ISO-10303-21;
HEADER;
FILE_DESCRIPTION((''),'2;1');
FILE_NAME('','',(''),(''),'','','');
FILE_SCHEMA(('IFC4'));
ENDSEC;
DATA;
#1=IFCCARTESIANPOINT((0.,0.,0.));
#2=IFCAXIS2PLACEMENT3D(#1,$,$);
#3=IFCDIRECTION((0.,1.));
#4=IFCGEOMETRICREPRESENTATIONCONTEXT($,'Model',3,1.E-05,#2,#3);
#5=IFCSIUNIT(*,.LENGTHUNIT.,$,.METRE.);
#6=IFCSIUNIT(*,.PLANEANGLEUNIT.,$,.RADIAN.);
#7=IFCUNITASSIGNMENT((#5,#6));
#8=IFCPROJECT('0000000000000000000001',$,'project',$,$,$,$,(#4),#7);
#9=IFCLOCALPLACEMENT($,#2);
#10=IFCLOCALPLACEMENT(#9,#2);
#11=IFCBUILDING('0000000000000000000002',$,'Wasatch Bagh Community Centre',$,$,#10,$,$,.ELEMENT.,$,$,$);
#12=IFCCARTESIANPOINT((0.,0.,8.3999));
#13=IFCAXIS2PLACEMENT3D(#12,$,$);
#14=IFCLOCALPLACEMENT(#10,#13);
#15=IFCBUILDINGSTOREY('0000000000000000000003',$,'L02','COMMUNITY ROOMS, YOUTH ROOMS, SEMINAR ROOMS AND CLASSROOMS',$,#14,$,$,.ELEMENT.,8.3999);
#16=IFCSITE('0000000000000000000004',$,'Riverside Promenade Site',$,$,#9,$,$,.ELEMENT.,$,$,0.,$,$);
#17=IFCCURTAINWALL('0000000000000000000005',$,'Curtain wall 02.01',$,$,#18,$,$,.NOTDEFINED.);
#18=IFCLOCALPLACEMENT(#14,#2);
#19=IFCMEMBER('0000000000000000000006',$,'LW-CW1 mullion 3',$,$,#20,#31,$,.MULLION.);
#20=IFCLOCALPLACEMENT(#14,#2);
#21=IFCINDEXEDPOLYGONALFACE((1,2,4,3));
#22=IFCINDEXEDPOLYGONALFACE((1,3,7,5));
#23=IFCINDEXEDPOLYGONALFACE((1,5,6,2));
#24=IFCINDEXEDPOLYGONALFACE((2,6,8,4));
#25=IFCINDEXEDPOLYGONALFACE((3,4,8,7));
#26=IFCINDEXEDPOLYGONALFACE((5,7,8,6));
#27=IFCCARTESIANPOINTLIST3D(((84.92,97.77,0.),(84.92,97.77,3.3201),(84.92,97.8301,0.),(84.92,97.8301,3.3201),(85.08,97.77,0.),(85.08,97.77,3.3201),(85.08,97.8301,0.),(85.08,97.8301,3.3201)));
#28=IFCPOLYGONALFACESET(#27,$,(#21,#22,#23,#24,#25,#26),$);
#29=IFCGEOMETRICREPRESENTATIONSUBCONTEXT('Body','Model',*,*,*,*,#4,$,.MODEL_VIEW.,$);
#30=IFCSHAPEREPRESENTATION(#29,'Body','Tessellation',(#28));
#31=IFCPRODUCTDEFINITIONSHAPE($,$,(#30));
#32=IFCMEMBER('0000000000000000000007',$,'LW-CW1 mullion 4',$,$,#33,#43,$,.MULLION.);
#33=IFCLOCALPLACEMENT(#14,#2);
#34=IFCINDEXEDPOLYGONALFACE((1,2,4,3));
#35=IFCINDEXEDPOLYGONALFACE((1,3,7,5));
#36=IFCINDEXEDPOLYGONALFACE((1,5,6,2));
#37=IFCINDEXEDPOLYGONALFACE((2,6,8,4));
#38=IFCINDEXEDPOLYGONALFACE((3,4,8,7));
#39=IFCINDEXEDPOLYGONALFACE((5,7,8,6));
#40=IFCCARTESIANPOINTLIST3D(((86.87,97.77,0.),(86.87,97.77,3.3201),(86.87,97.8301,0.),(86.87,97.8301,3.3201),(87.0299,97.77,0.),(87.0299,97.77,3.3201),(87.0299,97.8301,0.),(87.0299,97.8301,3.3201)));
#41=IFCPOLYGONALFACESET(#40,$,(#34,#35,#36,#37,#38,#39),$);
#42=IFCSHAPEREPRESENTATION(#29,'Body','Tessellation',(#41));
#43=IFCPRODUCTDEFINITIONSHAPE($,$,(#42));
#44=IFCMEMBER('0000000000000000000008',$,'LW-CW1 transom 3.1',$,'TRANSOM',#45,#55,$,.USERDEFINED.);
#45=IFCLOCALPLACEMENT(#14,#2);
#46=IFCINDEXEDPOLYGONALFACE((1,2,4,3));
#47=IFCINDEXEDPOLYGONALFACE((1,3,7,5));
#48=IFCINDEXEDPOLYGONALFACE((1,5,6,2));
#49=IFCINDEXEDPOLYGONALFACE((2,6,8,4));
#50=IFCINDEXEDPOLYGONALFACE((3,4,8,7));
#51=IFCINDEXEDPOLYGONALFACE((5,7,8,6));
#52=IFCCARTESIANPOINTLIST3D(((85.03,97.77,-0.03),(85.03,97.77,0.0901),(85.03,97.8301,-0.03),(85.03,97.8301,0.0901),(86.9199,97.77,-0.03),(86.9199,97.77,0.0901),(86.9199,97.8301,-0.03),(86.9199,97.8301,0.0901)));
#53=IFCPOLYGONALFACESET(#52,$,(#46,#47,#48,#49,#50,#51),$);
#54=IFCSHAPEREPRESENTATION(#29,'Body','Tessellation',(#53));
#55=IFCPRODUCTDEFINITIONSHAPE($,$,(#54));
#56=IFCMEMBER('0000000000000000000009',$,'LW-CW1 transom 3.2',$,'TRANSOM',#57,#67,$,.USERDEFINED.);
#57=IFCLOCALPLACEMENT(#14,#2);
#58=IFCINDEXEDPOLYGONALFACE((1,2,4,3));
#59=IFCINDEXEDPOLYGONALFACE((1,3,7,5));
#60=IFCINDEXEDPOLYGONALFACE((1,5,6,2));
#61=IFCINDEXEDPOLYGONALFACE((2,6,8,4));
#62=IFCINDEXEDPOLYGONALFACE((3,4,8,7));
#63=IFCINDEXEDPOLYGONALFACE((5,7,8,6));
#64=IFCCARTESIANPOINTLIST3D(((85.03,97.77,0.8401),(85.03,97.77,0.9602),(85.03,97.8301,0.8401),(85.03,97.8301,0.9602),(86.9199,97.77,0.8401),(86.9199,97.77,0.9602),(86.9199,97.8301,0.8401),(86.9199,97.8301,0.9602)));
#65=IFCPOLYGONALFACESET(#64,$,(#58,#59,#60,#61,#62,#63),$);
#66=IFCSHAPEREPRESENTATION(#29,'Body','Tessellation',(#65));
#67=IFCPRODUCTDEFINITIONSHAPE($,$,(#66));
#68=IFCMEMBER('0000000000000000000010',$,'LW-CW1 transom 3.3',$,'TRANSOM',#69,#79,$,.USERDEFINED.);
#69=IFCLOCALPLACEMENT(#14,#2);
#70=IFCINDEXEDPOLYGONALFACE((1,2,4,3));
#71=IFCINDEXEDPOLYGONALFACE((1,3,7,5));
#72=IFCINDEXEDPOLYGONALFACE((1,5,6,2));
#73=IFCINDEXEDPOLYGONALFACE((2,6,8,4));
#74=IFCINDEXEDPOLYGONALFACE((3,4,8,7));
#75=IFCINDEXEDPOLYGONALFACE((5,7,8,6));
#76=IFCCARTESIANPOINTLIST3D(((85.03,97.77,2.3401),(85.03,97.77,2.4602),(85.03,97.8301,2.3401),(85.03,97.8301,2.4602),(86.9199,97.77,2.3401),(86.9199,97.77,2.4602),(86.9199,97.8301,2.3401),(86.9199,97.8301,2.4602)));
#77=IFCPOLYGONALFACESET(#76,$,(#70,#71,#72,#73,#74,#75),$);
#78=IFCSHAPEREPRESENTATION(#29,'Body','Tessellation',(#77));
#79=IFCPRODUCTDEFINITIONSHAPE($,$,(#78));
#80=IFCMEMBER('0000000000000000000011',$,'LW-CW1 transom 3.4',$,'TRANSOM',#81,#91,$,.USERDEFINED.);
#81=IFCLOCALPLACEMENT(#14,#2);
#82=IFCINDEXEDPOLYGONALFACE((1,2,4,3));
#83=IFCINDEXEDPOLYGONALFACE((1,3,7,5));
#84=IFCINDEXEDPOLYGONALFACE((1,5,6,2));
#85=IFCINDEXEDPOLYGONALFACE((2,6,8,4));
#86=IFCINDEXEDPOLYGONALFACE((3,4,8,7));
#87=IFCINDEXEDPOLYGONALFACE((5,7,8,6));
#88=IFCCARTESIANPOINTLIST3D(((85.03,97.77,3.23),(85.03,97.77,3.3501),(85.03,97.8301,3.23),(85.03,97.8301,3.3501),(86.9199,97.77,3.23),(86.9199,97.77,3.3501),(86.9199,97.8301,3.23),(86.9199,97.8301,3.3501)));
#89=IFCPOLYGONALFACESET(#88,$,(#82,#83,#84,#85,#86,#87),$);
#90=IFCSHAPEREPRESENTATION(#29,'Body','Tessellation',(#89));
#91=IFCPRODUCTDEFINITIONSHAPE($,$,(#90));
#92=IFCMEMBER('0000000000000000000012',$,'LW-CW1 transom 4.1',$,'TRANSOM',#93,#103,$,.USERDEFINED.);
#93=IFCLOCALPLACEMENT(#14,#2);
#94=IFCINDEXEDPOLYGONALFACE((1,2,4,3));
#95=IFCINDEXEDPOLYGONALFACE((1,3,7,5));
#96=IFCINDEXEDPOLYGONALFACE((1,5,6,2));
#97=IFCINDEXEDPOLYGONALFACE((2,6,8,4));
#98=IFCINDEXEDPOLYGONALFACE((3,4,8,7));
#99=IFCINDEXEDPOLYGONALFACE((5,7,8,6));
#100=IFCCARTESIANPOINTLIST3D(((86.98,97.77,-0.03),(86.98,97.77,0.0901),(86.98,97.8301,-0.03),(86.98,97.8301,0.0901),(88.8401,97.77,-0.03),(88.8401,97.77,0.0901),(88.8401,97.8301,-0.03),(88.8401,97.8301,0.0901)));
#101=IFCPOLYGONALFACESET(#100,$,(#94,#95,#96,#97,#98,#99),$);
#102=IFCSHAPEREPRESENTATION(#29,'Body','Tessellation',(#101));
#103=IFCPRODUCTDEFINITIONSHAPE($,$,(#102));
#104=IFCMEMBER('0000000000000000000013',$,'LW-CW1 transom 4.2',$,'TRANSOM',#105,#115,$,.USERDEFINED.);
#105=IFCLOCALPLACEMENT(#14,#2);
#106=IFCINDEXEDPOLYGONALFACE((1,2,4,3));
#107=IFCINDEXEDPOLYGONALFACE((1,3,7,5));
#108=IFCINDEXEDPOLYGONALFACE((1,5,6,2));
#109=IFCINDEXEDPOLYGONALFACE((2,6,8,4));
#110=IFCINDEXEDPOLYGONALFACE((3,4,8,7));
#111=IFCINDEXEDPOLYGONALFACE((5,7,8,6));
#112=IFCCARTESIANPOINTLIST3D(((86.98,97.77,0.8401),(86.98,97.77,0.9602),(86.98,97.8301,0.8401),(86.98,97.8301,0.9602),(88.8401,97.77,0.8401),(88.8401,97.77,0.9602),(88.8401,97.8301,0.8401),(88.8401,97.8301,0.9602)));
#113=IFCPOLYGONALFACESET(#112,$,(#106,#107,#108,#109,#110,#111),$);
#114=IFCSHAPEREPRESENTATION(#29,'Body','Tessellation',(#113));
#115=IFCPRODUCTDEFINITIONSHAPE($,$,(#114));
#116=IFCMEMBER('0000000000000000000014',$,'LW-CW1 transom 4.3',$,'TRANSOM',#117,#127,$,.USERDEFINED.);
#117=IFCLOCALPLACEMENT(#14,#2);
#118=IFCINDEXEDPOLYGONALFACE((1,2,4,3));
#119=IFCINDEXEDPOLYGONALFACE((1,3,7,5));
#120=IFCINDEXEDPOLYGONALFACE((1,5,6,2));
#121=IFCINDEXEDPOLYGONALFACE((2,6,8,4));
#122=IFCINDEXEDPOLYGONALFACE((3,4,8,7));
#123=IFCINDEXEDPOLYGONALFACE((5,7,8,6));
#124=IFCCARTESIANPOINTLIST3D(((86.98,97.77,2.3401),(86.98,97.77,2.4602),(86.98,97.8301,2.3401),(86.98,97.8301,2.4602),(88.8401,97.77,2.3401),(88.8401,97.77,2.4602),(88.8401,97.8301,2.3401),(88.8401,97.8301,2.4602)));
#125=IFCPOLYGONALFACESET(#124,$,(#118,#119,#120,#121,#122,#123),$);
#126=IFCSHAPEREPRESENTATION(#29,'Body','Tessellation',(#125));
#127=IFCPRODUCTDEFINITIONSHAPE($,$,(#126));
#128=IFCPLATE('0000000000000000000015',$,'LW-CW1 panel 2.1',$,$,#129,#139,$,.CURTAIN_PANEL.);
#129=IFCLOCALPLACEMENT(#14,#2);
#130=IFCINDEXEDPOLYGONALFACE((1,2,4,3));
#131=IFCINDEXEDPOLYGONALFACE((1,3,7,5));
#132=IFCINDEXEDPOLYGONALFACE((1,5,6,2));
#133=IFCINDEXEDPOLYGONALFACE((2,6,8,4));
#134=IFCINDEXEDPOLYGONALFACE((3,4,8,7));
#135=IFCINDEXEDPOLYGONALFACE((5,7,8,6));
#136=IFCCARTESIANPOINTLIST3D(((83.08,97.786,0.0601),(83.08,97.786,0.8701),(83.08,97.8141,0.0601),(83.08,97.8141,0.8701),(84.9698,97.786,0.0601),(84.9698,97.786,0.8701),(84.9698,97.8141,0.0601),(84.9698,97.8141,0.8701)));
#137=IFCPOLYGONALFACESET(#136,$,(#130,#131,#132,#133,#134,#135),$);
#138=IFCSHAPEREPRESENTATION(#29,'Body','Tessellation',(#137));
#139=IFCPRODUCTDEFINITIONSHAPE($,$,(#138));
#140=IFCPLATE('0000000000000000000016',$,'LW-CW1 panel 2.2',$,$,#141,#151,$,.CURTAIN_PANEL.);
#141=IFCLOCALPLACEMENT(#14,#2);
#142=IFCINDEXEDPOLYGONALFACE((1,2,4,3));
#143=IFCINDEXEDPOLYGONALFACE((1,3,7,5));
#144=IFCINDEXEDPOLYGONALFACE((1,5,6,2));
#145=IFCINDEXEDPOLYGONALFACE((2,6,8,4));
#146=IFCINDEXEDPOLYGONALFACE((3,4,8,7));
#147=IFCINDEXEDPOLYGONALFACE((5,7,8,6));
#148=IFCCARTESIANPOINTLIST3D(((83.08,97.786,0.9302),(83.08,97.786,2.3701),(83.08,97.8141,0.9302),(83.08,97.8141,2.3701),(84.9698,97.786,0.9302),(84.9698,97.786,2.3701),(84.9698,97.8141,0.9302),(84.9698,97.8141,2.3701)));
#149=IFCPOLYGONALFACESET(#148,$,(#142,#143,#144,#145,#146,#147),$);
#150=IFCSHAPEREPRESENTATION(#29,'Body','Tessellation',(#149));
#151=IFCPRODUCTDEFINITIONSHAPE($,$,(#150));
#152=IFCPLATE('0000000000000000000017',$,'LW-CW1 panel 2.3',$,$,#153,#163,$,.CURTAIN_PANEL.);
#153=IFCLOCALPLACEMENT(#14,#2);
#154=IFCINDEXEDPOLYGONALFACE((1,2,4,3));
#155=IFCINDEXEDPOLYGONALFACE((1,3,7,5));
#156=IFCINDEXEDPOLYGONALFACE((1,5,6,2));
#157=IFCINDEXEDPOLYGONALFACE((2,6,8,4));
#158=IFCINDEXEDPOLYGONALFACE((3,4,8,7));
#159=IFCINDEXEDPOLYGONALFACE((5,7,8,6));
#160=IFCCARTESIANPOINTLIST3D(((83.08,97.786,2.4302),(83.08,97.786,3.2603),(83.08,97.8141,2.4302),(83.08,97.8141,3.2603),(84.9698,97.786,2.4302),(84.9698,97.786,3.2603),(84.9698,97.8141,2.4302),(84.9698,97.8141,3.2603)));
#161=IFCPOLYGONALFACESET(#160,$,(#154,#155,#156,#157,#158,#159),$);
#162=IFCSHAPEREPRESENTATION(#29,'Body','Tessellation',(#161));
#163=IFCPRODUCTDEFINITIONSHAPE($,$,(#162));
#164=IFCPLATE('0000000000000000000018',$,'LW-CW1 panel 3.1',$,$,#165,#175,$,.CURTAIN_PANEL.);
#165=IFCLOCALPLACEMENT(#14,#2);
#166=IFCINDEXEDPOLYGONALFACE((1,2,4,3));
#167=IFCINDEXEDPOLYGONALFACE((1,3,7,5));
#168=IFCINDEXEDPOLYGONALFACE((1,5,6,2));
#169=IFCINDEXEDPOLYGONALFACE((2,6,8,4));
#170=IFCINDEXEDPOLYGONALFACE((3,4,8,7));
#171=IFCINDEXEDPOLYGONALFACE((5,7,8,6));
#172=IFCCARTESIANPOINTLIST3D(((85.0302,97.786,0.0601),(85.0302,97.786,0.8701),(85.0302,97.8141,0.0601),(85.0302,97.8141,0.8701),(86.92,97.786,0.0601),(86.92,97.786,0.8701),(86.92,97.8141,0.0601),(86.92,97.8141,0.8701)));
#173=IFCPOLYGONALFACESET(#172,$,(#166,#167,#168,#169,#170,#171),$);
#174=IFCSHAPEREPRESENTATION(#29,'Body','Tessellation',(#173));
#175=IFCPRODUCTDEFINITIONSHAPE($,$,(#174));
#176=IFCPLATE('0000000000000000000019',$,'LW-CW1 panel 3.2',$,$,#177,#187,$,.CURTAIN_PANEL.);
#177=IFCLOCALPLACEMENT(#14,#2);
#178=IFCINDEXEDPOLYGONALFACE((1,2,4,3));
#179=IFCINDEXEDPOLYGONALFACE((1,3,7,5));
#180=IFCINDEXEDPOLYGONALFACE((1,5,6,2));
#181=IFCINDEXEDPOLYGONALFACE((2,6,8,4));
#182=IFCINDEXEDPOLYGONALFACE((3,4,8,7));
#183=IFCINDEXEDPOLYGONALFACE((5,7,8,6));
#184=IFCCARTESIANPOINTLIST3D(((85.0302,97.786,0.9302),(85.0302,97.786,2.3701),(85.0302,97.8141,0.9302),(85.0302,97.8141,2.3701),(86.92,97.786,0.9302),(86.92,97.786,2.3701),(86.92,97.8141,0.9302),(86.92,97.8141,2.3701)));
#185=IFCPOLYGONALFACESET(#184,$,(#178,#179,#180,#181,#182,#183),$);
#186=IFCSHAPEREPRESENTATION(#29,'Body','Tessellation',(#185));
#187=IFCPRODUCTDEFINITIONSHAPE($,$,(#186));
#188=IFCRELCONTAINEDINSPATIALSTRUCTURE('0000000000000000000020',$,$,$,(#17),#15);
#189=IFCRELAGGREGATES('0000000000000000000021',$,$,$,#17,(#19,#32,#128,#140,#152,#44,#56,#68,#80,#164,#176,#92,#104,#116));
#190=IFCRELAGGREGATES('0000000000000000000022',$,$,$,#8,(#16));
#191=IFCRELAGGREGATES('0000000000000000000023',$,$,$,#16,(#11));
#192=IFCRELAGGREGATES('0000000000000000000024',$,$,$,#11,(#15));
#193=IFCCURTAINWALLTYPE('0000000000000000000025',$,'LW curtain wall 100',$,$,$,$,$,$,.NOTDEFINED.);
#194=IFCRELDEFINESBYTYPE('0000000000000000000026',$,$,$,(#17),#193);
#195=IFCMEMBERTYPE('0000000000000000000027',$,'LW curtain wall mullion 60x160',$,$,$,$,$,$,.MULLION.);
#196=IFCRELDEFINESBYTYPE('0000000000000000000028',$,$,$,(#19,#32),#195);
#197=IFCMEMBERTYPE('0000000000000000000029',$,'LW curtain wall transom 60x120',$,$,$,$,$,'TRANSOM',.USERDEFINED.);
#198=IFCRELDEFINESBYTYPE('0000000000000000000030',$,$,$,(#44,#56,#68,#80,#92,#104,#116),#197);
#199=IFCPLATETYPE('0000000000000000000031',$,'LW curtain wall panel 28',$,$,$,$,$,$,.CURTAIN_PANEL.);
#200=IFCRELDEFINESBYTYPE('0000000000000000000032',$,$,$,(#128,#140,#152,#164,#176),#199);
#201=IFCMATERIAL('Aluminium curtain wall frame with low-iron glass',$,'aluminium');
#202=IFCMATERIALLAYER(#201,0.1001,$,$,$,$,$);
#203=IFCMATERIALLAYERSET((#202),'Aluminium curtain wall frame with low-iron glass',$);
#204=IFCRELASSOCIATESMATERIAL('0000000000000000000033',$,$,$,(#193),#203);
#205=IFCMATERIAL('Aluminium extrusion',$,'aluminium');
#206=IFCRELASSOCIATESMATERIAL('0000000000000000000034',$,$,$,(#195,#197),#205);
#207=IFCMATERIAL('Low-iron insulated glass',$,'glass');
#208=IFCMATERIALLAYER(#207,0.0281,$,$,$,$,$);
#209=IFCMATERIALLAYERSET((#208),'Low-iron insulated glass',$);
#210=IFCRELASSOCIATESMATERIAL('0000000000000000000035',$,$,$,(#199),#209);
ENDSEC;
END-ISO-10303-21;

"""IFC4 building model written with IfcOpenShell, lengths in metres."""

from ifc_helpers import new_model, si_unit, direction, frame, origin, origin_2d, place, context, subcontext, project, spatial, rectangle, extrude, material, layer, layer_set, material_profile, profile_set, type_object, element, aggregate, save


model = new_model("IFC4")

# Units and contexts
model_context = context("Model", 3, precision=1e-05, world=origin(), true_north=direction((0.0, 1.0)))
body_context = subcontext(model_context, "Body", "Model", "MODEL_VIEW")
ifc_project = project(units=[si_unit("LENGTHUNIT", "METRE"), si_unit("PLANEANGLEUNIT", "RADIAN")], contexts=[model_context])

# Site, building, storey
site_placement = place(None, origin())
site = spatial("IfcSite", under=ifc_project, at=site_placement, Name="Riverside Promenade Site", CompositionType="ELEMENT", RefElevation=0.0)
building_placement = place(site_placement, origin())
building = spatial("IfcBuilding", under=site, at=building_placement, Name="Wasatch Bagh Community Centre", CompositionType="ELEMENT")
storey_placement = place(building_placement, frame((0.0, 0.0, 8.3999)))
storey = spatial("IfcBuildingStorey", under=building, at=storey_placement, Name="L02", Description="COMMUNITY ROOMS, YOUTH ROOMS, SEMINAR ROOMS AND CLASSROOMS", CompositionType="ELEMENT", Elevation=8.3999)

# Curtain wall, members, plates
ifc_material_1 = material(Name="Aluminium curtain wall frame with low-iron glass", Category="aluminium")
ifc_layer_1 = layer(ifc_material_1, 0.1001)
ifc_layer_set_1 = layer_set([ifc_layer_1], Name="Aluminium curtain wall frame with low-iron glass")
curtain_wall_type = type_object("IfcCurtainWallType", Name="LW curtain wall 100", PredefinedType="NOTDEFINED", material=ifc_layer_set_1)
curtain_wall_placement = place(storey_placement, origin())
curtain_wall = element("IfcCurtainWall", 1, at=curtain_wall_placement, inside=storey, type_object=curtain_wall_type, Name="Curtain wall 02.01", PredefinedType="NOTDEFINED")
ifc_material_2 = material(Name="Aluminium extrusion", Category="aluminium")
ifc_material_profile_1 = material_profile(ifc_material_2, rectangle(XDim=0.0601, YDim=0.1599, at=origin_2d()), Name="AL 60x160")
ifc_profile_set_1 = profile_set([ifc_material_profile_1], Name="Aluminium extrusion")
member_type_1 = type_object("IfcMemberType", Name="LW curtain wall mullion 60x160", PredefinedType="MULLION", material=ifc_profile_set_1)
member_1_placement = place(storey_placement, frame((85.0, 97.8, 0.0), z_axis=(0.0, 0.0, 1.0), x_axis=(0.0, 1.0, 0.0)))
member_1 = element("IfcMember", 2, at=member_1_placement, type_object=member_type_1, Name="LW-CW1 mullion 3", PredefinedType="MULLION", context=body_context, shape_type="SweptSolid", body=[
    extrude(rectangle(XDim=0.0601, YDim=0.1599, at=origin_2d()), origin(), (0.0, 0.0, 1.0), 3.3201),
])
member_2_placement = place(storey_placement, frame((86.95, 97.8, 0.0), z_axis=(0.0, 0.0, 1.0), x_axis=(0.0, 1.0, 0.0)))
member_2 = element("IfcMember", 3, at=member_2_placement, type_object=member_type_1, Name="LW-CW1 mullion 4", PredefinedType="MULLION", context=body_context, shape_type="SweptSolid", body=[
    extrude(rectangle(XDim=0.0601, YDim=0.1599, at=origin_2d()), origin(), (0.0, 0.0, 1.0), 3.3201),
])
ifc_material_profile_2 = material_profile(ifc_material_2, rectangle(XDim=0.0601, YDim=0.1201, at=origin_2d()), Name="AL 60x120")
ifc_profile_set_2 = profile_set([ifc_material_profile_2], Name="Aluminium extrusion")
member_type_2 = type_object("IfcMemberType", Name="LW curtain wall transom 60x120", ElementType="TRANSOM", PredefinedType="USERDEFINED", material=ifc_profile_set_2)
member_3_placement = place(storey_placement, frame((85.03, 97.8, 0.03), z_axis=(1.0, 0.0, 0.0), x_axis=(0.0, 1.0, 0.0)))
member_3 = element("IfcMember", 4, at=member_3_placement, type_object=member_type_2, Name="LW-CW1 transom 3.1", ObjectType="TRANSOM", PredefinedType="USERDEFINED", context=body_context, shape_type="SweptSolid", body=[
    extrude(rectangle(XDim=0.0601, YDim=0.1201, at=origin_2d()), origin(), (0.0, 0.0, 1.0), 1.8899),
])
member_4_placement = place(storey_placement, frame((85.03, 97.8, 0.9001), z_axis=(1.0, 0.0, 0.0), x_axis=(0.0, 1.0, 0.0)))
member_4 = element("IfcMember", 5, at=member_4_placement, type_object=member_type_2, Name="LW-CW1 transom 3.2", ObjectType="TRANSOM", PredefinedType="USERDEFINED", context=body_context, shape_type="SweptSolid", body=[
    extrude(rectangle(XDim=0.0601, YDim=0.1201, at=origin_2d()), origin(), (0.0, 0.0, 1.0), 1.8899),
])
member_5_placement = place(storey_placement, frame((85.03, 97.8, 2.4001), z_axis=(1.0, 0.0, 0.0), x_axis=(0.0, 1.0, 0.0)))
member_5 = element("IfcMember", 6, at=member_5_placement, type_object=member_type_2, Name="LW-CW1 transom 3.3", ObjectType="TRANSOM", PredefinedType="USERDEFINED", context=body_context, shape_type="SweptSolid", body=[
    extrude(rectangle(XDim=0.0601, YDim=0.1201, at=origin_2d()), origin(), (0.0, 0.0, 1.0), 1.8899),
])
member_6_placement = place(storey_placement, frame((85.03, 97.8, 3.29), z_axis=(1.0, 0.0, 0.0), x_axis=(0.0, 1.0, 0.0)))
member_6 = element("IfcMember", 7, at=member_6_placement, type_object=member_type_2, Name="LW-CW1 transom 3.4", ObjectType="TRANSOM", PredefinedType="USERDEFINED", context=body_context, shape_type="SweptSolid", body=[
    extrude(rectangle(XDim=0.0601, YDim=0.1201, at=origin_2d()), origin(), (0.0, 0.0, 1.0), 1.8899),
])
member_7_placement = place(storey_placement, frame((86.98, 97.8, 0.03), z_axis=(1.0, 0.0, 0.0), x_axis=(0.0, 1.0, 0.0)))
member_7 = element("IfcMember", 8, at=member_7_placement, type_object=member_type_2, Name="LW-CW1 transom 4.1", ObjectType="TRANSOM", PredefinedType="USERDEFINED", context=body_context, shape_type="SweptSolid", body=[
    extrude(rectangle(XDim=0.0601, YDim=0.1201, at=origin_2d()), origin(), (0.0, 0.0, 1.0), 1.8601),
])
member_8_placement = place(storey_placement, frame((86.98, 97.8, 0.9001), z_axis=(1.0, 0.0, 0.0), x_axis=(0.0, 1.0, 0.0)))
member_8 = element("IfcMember", 9, at=member_8_placement, type_object=member_type_2, Name="LW-CW1 transom 4.2", ObjectType="TRANSOM", PredefinedType="USERDEFINED", context=body_context, shape_type="SweptSolid", body=[
    extrude(rectangle(XDim=0.0601, YDim=0.1201, at=origin_2d()), origin(), (0.0, 0.0, 1.0), 1.8601),
])
member_9_placement = place(storey_placement, frame((86.98, 97.8, 2.4001), z_axis=(1.0, 0.0, 0.0), x_axis=(0.0, 1.0, 0.0)))
member_9 = element("IfcMember", 10, at=member_9_placement, type_object=member_type_2, Name="LW-CW1 transom 4.3", ObjectType="TRANSOM", PredefinedType="USERDEFINED", context=body_context, shape_type="SweptSolid", body=[
    extrude(rectangle(XDim=0.0601, YDim=0.1201, at=origin_2d()), origin(), (0.0, 0.0, 1.0), 1.8601),
])
ifc_material_3 = material(Name="Low-iron insulated glass", Category="glass")
ifc_layer_2 = layer(ifc_material_3, 0.0281)
ifc_layer_set_2 = layer_set([ifc_layer_2], Name="Low-iron insulated glass")
plate_type_1 = type_object("IfcPlateType", Name="LW curtain wall panel 28", PredefinedType="CURTAIN_PANEL", material=ifc_layer_set_2)
plate_1_placement = place(storey_placement, frame((84.0249, 97.8, 0.0601), z_axis=(0.0, 0.0, 1.0), x_axis=(1.0, 0.0, 0.0)))
plate_1 = element("IfcPlate", 11, at=plate_1_placement, type_object=plate_type_1, Name="LW-CW1 panel 2.1", PredefinedType="CURTAIN_PANEL", context=body_context, shape_type="SweptSolid", body=[
    extrude(rectangle(XDim=1.8899, YDim=0.0281, at=origin_2d()), origin(), (0.0, 0.0, 1.0), 0.8101),
])
plate_2_placement = place(storey_placement, frame((84.0249, 97.8, 0.9302), z_axis=(0.0, 0.0, 1.0), x_axis=(1.0, 0.0, 0.0)))
plate_2 = element("IfcPlate", 12, at=plate_2_placement, type_object=plate_type_1, Name="LW-CW1 panel 2.2", PredefinedType="CURTAIN_PANEL", context=body_context, shape_type="SweptSolid", body=[
    extrude(rectangle(XDim=1.8899, YDim=0.0281, at=origin_2d()), origin(), (0.0, 0.0, 1.0), 1.4399),
])
plate_3_placement = place(storey_placement, frame((84.0249, 97.8, 2.4302), z_axis=(0.0, 0.0, 1.0), x_axis=(1.0, 0.0, 0.0)))
plate_3 = element("IfcPlate", 13, at=plate_3_placement, type_object=plate_type_1, Name="LW-CW1 panel 2.3", PredefinedType="CURTAIN_PANEL", context=body_context, shape_type="SweptSolid", body=[
    extrude(rectangle(XDim=1.8899, YDim=0.0281, at=origin_2d()), origin(), (0.0, 0.0, 1.0), 0.8301),
])
plate_4_placement = place(storey_placement, frame((85.9751, 97.8, 0.0601), z_axis=(0.0, 0.0, 1.0), x_axis=(1.0, 0.0, 0.0)))
plate_4 = element("IfcPlate", 14, at=plate_4_placement, type_object=plate_type_1, Name="LW-CW1 panel 3.1", PredefinedType="CURTAIN_PANEL", context=body_context, shape_type="SweptSolid", body=[
    extrude(rectangle(XDim=1.8899, YDim=0.0281, at=origin_2d()), origin(), (0.0, 0.0, 1.0), 0.8101),
])
plate_5_placement = place(storey_placement, frame((85.9751, 97.8, 0.9302), z_axis=(0.0, 0.0, 1.0), x_axis=(1.0, 0.0, 0.0)))
plate_5 = element("IfcPlate", 15, at=plate_5_placement, type_object=plate_type_1, Name="LW-CW1 panel 3.2", PredefinedType="CURTAIN_PANEL", context=body_context, shape_type="SweptSolid", body=[
    extrude(rectangle(XDim=1.8899, YDim=0.0281, at=origin_2d()), origin(), (0.0, 0.0, 1.0), 1.4399),
])
aggregate(curtain_wall, [member_1, member_2, plate_1, plate_2, plate_3, member_3, member_4, member_5, member_6, plate_4, plate_5, member_7, member_8, member_9])

save(model, "model.ifc")
